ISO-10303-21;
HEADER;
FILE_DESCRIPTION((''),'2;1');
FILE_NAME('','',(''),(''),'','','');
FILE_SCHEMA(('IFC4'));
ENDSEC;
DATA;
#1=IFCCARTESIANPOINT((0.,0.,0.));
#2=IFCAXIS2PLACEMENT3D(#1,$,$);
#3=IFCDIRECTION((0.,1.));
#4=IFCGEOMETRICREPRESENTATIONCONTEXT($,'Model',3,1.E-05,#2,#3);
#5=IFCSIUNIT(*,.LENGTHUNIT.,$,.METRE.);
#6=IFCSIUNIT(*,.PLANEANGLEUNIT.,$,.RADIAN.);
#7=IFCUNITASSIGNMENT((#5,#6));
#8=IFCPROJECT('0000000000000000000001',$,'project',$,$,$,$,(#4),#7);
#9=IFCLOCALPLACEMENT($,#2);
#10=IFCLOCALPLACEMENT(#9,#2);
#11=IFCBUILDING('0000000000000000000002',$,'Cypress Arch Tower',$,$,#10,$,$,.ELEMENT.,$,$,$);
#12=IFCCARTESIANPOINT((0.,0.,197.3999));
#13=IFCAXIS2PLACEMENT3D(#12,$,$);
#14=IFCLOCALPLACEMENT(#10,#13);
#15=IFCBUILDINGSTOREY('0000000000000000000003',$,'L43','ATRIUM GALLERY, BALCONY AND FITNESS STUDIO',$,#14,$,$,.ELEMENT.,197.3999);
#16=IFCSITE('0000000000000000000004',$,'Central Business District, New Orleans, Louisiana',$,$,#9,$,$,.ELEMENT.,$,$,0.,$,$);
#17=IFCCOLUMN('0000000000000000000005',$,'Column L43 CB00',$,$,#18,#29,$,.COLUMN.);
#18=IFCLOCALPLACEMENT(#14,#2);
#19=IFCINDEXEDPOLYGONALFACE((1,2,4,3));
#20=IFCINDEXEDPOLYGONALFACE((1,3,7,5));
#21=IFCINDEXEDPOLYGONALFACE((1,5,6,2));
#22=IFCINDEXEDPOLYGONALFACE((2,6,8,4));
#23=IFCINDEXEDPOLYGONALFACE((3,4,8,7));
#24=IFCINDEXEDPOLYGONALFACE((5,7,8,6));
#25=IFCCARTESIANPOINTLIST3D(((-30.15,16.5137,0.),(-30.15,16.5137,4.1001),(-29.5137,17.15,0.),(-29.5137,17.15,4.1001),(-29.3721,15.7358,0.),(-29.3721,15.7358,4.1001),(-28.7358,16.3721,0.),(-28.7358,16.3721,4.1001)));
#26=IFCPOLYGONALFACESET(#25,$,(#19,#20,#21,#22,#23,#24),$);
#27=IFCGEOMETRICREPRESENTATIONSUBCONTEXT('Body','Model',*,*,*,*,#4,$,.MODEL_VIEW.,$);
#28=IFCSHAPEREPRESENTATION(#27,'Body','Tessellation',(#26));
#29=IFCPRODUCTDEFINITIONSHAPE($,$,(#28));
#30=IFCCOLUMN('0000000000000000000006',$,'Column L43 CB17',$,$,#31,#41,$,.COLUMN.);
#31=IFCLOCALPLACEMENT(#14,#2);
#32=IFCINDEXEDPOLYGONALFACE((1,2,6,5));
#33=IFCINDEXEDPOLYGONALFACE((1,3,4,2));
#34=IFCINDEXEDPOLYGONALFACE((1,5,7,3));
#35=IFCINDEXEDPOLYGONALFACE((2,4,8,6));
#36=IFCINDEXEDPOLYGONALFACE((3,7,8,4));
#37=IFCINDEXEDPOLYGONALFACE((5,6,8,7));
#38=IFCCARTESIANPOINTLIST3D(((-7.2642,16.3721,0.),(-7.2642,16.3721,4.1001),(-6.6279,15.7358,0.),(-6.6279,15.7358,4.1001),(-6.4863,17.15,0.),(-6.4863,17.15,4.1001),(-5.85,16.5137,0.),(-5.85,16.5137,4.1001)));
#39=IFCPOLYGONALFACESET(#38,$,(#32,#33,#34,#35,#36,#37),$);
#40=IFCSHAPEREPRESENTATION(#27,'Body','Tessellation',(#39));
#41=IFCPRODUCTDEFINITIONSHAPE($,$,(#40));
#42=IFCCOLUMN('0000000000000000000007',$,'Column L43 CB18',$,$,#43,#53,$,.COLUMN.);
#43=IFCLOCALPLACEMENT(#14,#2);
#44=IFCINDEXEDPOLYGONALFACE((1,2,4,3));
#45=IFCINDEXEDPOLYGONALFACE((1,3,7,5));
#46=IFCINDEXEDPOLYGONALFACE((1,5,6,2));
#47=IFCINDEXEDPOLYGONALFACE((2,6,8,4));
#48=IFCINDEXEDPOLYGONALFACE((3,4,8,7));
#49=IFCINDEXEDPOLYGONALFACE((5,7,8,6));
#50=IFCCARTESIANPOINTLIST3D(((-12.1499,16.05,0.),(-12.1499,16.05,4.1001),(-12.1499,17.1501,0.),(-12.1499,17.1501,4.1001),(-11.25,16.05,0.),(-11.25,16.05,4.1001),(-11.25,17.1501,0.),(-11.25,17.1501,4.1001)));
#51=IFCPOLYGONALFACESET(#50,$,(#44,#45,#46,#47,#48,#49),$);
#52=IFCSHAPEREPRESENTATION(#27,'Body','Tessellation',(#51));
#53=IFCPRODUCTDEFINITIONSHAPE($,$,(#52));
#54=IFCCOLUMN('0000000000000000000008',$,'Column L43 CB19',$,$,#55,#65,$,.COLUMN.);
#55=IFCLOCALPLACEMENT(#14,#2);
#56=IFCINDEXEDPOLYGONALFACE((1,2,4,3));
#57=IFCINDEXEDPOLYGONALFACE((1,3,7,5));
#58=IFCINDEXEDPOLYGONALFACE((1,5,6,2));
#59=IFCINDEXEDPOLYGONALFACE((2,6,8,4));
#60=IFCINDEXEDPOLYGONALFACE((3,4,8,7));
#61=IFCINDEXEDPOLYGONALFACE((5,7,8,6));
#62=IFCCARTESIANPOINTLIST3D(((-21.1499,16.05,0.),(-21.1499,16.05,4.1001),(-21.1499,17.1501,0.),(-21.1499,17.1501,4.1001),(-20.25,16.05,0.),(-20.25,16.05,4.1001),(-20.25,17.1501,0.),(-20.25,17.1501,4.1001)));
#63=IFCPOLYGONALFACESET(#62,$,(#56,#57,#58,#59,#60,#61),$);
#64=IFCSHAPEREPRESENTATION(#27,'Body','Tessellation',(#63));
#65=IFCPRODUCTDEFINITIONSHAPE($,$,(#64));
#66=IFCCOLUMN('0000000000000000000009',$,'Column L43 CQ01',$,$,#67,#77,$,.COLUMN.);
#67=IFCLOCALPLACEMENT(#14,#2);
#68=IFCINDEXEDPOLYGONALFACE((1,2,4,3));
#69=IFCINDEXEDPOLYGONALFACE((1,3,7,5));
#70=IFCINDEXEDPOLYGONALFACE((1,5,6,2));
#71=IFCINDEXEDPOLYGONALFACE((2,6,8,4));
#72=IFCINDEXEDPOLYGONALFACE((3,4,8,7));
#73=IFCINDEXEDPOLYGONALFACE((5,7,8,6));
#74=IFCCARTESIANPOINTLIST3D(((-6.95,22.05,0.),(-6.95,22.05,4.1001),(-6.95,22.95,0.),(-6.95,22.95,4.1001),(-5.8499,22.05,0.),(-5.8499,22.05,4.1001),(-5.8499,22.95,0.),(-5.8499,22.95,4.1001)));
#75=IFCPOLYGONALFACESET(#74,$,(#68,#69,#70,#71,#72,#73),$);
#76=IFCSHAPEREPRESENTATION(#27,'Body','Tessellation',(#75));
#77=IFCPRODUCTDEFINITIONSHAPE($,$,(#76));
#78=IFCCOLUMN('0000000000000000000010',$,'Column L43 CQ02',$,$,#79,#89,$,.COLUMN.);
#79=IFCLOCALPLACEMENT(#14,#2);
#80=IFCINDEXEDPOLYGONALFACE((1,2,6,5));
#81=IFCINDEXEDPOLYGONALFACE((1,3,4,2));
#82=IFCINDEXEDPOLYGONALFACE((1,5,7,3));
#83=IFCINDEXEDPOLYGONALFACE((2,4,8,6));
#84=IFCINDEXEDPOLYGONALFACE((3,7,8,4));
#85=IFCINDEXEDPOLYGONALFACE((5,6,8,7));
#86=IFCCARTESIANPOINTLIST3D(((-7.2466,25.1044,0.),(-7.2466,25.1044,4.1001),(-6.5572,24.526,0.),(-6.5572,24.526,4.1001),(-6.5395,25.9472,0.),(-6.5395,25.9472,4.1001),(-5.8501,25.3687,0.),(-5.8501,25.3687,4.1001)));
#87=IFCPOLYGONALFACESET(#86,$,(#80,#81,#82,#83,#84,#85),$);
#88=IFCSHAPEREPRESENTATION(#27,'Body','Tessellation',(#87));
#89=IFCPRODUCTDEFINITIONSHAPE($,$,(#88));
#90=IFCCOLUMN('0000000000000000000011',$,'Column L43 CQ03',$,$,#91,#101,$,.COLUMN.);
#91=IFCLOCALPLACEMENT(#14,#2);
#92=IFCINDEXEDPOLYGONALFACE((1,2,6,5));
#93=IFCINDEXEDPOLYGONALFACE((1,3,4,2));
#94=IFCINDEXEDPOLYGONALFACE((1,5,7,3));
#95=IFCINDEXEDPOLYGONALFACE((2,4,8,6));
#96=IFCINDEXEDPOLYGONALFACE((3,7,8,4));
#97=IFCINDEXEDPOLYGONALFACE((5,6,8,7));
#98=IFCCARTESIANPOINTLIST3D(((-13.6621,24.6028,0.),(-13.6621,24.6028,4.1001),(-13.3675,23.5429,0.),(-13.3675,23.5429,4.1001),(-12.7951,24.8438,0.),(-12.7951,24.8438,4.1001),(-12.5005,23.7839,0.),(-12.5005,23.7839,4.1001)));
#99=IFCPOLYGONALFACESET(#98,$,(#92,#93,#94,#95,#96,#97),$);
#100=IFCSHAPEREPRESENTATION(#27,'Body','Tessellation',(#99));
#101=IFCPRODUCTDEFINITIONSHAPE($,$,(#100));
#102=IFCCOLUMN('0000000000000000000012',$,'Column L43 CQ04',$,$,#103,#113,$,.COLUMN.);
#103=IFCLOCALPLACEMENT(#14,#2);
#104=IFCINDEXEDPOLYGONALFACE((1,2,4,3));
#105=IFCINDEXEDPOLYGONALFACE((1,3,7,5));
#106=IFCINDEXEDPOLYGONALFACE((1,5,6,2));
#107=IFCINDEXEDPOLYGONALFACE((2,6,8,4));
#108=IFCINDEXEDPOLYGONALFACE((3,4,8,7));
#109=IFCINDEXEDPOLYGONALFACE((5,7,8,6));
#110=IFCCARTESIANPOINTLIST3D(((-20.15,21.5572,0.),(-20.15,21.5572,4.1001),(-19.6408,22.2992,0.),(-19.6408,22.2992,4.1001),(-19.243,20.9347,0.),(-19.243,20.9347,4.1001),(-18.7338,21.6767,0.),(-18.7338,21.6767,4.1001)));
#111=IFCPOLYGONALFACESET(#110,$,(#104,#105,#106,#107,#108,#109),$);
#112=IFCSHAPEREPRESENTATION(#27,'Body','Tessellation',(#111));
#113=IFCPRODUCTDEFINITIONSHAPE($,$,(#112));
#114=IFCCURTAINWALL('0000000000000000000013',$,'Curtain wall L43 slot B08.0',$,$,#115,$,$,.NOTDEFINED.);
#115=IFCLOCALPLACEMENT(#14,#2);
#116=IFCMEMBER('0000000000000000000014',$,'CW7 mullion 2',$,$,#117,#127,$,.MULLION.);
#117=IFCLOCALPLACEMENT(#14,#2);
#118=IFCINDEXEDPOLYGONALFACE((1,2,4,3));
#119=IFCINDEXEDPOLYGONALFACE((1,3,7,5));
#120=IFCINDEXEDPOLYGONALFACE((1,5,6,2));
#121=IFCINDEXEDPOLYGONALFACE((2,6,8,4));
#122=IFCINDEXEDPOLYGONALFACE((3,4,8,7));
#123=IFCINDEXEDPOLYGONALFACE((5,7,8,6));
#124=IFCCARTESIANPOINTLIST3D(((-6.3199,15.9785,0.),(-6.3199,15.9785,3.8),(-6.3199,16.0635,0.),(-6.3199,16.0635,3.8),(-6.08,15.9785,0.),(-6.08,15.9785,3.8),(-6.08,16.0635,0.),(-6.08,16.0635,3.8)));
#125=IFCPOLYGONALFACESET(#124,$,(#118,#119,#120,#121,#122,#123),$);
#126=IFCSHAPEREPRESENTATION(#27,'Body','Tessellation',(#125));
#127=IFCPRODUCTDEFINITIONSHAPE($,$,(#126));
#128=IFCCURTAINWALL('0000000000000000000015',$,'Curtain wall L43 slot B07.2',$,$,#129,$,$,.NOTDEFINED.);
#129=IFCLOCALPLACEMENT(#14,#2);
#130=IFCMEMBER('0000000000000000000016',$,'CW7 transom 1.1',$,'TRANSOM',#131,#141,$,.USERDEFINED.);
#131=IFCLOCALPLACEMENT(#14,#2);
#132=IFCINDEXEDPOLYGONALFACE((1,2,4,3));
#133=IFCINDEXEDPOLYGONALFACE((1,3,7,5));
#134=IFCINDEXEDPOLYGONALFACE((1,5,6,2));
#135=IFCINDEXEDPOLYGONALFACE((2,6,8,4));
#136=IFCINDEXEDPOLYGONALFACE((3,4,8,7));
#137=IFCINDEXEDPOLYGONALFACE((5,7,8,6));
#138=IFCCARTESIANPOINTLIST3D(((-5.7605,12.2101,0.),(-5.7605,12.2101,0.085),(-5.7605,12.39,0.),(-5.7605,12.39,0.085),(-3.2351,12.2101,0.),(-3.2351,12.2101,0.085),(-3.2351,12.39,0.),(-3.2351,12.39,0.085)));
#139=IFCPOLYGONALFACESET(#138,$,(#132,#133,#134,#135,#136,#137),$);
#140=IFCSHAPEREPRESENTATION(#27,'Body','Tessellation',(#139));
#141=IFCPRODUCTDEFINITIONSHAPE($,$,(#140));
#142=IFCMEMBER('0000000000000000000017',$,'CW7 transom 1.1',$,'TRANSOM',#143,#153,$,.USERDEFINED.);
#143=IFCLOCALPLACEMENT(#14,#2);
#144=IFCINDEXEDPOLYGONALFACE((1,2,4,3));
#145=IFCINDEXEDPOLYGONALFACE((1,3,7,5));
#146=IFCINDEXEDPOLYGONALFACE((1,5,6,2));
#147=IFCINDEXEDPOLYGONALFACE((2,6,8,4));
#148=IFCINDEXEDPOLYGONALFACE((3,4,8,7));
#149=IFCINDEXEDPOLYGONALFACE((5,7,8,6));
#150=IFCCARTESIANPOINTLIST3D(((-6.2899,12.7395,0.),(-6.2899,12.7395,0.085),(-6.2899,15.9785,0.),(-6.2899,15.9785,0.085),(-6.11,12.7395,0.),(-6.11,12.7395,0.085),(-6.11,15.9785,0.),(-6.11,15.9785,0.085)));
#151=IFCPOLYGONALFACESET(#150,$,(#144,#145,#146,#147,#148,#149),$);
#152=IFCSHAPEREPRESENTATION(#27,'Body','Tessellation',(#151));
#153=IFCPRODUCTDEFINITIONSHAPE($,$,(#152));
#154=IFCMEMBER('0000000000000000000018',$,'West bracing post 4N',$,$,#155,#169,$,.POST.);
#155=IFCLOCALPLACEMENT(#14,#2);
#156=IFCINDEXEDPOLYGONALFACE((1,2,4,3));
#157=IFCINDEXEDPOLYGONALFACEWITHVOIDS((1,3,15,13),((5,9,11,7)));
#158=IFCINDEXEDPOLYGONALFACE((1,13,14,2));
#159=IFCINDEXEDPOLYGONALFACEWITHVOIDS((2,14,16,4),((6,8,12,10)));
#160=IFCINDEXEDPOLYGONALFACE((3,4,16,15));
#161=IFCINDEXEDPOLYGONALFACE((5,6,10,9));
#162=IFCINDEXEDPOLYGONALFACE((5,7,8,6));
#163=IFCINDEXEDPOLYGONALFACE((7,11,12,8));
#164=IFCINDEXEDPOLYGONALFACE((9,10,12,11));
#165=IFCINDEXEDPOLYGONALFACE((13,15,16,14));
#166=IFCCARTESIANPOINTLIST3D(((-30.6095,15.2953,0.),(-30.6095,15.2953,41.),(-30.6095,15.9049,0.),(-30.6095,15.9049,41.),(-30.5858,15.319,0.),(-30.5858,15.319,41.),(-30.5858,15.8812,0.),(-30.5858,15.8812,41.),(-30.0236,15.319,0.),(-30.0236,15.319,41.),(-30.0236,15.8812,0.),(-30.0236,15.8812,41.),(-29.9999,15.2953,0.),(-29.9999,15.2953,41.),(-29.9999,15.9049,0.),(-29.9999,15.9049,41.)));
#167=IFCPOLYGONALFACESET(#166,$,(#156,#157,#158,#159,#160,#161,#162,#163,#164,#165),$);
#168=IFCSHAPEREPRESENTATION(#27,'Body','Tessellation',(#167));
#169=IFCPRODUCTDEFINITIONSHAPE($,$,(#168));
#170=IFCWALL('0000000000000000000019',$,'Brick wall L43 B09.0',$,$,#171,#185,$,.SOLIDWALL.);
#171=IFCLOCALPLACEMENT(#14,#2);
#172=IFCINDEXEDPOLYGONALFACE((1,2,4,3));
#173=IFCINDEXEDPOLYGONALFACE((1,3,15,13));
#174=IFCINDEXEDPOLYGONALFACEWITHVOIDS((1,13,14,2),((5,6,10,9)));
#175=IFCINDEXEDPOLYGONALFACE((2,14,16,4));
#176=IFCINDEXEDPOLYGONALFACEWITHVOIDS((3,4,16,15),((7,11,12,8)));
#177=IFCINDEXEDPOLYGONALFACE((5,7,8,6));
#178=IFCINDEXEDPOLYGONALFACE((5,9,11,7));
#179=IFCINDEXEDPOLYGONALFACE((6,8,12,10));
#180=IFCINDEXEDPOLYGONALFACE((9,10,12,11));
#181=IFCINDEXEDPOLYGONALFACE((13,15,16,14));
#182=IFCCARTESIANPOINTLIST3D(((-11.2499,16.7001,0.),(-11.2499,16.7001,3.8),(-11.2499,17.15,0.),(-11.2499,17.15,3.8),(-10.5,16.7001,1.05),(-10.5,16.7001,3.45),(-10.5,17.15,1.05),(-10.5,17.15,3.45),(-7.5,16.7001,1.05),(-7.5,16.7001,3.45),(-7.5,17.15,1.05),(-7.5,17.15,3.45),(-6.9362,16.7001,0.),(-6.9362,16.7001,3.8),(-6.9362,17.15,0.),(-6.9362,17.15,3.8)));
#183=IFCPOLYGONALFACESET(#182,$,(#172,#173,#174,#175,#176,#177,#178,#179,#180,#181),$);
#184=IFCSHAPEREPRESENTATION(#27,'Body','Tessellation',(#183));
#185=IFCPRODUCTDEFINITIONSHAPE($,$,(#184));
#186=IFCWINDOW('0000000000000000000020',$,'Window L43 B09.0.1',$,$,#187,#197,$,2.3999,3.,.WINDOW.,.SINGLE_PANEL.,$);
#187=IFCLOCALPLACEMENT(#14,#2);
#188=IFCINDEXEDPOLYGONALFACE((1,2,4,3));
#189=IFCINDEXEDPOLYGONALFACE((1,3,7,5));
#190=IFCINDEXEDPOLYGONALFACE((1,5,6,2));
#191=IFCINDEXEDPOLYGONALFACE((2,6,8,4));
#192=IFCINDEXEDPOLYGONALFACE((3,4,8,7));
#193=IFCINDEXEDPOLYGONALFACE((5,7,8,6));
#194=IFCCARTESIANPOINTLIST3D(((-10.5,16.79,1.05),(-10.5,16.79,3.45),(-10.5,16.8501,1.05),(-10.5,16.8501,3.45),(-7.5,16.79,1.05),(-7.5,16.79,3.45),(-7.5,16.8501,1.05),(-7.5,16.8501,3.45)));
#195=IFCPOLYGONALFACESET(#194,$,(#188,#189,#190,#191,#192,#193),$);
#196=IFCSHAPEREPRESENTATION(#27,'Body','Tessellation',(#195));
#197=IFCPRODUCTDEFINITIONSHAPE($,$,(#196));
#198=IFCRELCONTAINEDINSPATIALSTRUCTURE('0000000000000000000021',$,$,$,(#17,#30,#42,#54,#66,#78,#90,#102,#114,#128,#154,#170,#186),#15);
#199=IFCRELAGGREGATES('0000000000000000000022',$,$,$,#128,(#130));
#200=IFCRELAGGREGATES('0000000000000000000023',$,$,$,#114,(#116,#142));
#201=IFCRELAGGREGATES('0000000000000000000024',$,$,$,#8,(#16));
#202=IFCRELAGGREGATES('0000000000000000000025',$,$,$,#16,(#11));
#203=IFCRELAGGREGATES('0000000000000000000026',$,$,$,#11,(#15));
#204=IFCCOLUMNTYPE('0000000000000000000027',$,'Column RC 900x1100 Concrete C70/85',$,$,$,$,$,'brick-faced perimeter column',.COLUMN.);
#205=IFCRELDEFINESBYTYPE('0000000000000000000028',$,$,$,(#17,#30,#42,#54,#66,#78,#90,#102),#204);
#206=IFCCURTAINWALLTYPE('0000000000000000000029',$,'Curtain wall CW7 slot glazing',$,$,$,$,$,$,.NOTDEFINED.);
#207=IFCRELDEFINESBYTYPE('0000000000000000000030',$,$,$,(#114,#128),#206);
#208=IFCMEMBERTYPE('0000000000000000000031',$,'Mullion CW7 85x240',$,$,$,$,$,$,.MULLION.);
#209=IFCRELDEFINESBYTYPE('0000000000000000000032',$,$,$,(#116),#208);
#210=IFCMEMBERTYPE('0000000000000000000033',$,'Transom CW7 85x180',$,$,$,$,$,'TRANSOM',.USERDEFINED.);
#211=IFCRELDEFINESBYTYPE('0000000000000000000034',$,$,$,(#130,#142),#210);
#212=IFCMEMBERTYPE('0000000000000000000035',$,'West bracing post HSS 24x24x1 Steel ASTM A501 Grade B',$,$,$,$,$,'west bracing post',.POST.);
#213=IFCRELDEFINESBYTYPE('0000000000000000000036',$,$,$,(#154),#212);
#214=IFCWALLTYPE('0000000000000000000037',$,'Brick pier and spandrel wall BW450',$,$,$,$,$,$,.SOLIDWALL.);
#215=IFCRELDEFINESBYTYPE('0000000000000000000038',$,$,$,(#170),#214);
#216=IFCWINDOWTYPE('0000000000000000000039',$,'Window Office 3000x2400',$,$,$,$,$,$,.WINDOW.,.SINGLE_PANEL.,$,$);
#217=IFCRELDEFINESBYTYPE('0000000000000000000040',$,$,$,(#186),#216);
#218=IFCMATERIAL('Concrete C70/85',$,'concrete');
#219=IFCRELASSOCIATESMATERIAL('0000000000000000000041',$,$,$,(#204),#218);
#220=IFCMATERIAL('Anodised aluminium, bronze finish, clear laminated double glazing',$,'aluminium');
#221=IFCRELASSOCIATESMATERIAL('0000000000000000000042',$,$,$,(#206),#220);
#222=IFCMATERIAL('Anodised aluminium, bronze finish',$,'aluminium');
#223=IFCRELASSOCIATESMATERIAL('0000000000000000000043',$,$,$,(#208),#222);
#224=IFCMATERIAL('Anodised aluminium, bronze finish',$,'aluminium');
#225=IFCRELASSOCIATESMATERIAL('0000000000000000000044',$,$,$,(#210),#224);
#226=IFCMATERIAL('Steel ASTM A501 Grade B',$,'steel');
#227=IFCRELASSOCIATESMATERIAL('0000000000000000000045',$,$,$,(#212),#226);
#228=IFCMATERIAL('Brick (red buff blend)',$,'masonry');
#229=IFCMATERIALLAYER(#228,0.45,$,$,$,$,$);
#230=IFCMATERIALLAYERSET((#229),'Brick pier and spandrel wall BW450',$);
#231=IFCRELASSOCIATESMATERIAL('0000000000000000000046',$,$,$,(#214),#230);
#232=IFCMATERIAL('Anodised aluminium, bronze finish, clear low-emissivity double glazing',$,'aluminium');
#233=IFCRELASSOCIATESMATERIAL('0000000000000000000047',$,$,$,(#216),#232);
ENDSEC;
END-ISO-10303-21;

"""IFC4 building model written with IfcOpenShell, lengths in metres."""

from ifc_helpers import new_model, si_unit, direction, frame, frame_2d, origin, origin_2d, place, context, subcontext, project, spatial, rectangle, hollow_rectangle, extrude, material, layer, layer_set, material_profile, profile_set, type_object, element, fill, aggregate, save


model = new_model("IFC4")

# Units and contexts
model_context = context("Model", 3, precision=1e-05, world=origin(), true_north=direction((0.0, 1.0)))
body_context = subcontext(model_context, "Body", "Model", "MODEL_VIEW")
ifc_project = project(units=[si_unit("LENGTHUNIT", "METRE"), si_unit("PLANEANGLEUNIT", "RADIAN")], contexts=[model_context])

# Site, building, storey
site_placement = place(None, origin())
site = spatial("IfcSite", under=ifc_project, at=site_placement, Name="Central Business District, New Orleans, Louisiana", CompositionType="ELEMENT", RefElevation=0.0)
building_placement = place(site_placement, origin())
building = spatial("IfcBuilding", under=site, at=building_placement, Name="Cypress Arch Tower", CompositionType="ELEMENT")
storey_placement = place(building_placement, frame((0.0, 0.0, 197.3999)))
storey = spatial("IfcBuildingStorey", under=building, at=storey_placement, Name="L43", Description="ATRIUM GALLERY, BALCONY AND FITNESS STUDIO", CompositionType="ELEMENT", Elevation=197.3999)

# Columns
ifc_material_1 = material(Name="Concrete C70/85", Category="concrete")
ifc_material_profile_1 = material_profile(ifc_material_1, rectangle(XDim=0.8999, YDim=1.1001, at=origin_2d()), Name="RC 900x1100")
ifc_profile_set_1 = profile_set([ifc_material_profile_1], Name="Concrete C70/85")
column_type = type_object("IfcColumnType", Name="Column RC 900x1100 Concrete C70/85", ElementType="brick-faced perimeter column", PredefinedType="COLUMN", material=ifc_profile_set_1)
for number, where, z_axis, x_axis, name in (
    (1, (-29.4429, 16.4429, 0.0), (0.0, 0.0, 1.0), (-0.707107, -0.707107, 0.0), "Column L43 CB00"),
    (2, (-6.5571, 16.4429, 0.0), (0.0, 0.0, 1.0), (-0.707107, 0.707107, 0.0), "Column L43 CB17"),
    (3, (-11.7, 16.6001, 0.0), (0.0, 0.0, 1.0), (-1.0, 0.0, 0.0), "Column L43 CB18"),
    (4, (-20.7, 16.6001, 0.0), (0.0, 0.0, 1.0), (-1.0, 0.0, 0.0), "Column L43 CB19"),
    (5, (-6.3999, 22.5, 0.0), (0.0, 0.0, 1.0), (0.0, 1.0, 0.0), "Column L43 CQ01"),
    (6, (-6.5483, 25.2366, 0.0), (0.0, 0.0, 1.0), (-0.766064, 0.642765, 0.0), "Column L43 CQ02"),
    (7, (-13.0813, 24.1934, 0.0), (0.0, 0.0, 1.0), (-0.963456, -0.267868, 0.0), "Column L43 CQ03"),
    (8, (-19.4419, 21.6169, 0.0), (0.0, 0.0, 1.0), (-0.565893, -0.824479, 0.0), "Column L43 CQ04"),
):
    element("IfcColumn", number, at=place(storey_placement, frame(where, z_axis=z_axis, x_axis=x_axis)), inside=storey, type_object=column_type, Name=name, PredefinedType="COLUMN", context=body_context, shape_type="SweptSolid", body=[
        extrude(rectangle(XDim=0.8999, YDim=1.1001, at=origin_2d()), origin(), (0.0, 0.0, 1.0), 4.1001),
    ])

# Curtain walls, members
ifc_material_2 = material(Name="Anodised aluminium, bronze finish, clear laminated double glazing", Category="aluminium")
curtain_wall_type = type_object("IfcCurtainWallType", Name="Curtain wall CW7 slot glazing", PredefinedType="NOTDEFINED", material=ifc_material_2)
curtain_wall_1_placement = place(storey_placement, origin())
curtain_wall_1 = element("IfcCurtainWall", 9, at=curtain_wall_1_placement, inside=storey, type_object=curtain_wall_type, Name="Curtain wall L43 slot B08.0", PredefinedType="NOTDEFINED")
ifc_material_3 = material(Name="Anodised aluminium, bronze finish", Category="aluminium")
ifc_material_profile_2 = material_profile(ifc_material_3, rectangle(XDim=0.24, YDim=0.085, at=origin_2d()), Name="Mullion 85x240")
ifc_profile_set_2 = profile_set([ifc_material_profile_2], Name="Anodised aluminium, bronze finish")
member_type_1 = type_object("IfcMemberType", Name="Mullion CW7 85x240", PredefinedType="MULLION", material=ifc_profile_set_2)
member_1_placement = place(storey_placement, frame((-6.2, 16.021, 0.0), z_axis=(0.0, 0.0, 1.0), x_axis=(-1.0, 0.0, 0.0)))
member_1 = element("IfcMember", 10, at=member_1_placement, type_object=member_type_1, Name="CW7 mullion 2", PredefinedType="MULLION", context=body_context, shape_type="SweptSolid", body=[
    extrude(rectangle(XDim=0.24, YDim=0.085, at=origin_2d()), origin(), (0.0, 0.0, 1.0), 3.8),
])
curtain_wall_2_placement = place(storey_placement, origin())
curtain_wall_2 = element("IfcCurtainWall", 11, at=curtain_wall_2_placement, inside=storey, type_object=curtain_wall_type, Name="Curtain wall L43 slot B07.2", PredefinedType="NOTDEFINED")
ifc_material_4 = material(Name="Anodised aluminium, bronze finish", Category="aluminium")
ifc_material_profile_3 = material_profile(ifc_material_4, rectangle(XDim=0.1799, YDim=0.085, at=origin_2d()), Name="Transom 85x180")
ifc_profile_set_3 = profile_set([ifc_material_profile_3], Name="Anodised aluminium, bronze finish")
member_type_2 = type_object("IfcMemberType", Name="Transom CW7 85x180", ElementType="TRANSOM", PredefinedType="USERDEFINED", material=ifc_profile_set_3)
member_2_placement = place(storey_placement, frame((-3.2351, 12.3, 0.0425), z_axis=(-1.0, 0.0, 0.0), x_axis=(0.0, -1.0, 0.0)))
member_2 = element("IfcMember", 12, at=member_2_placement, type_object=member_type_2, Name="CW7 transom 1.1", ObjectType="TRANSOM", PredefinedType="USERDEFINED", context=body_context, shape_type="SweptSolid", body=[
    extrude(rectangle(XDim=0.1799, YDim=0.085, at=origin_2d()), origin(), (0.0, 0.0, 1.0), 2.5254),
])
aggregate(curtain_wall_2, [member_2])

# Members
member_3_placement = place(storey_placement, frame((-6.2, 12.7395, 0.0425), z_axis=(0.0, 1.0, 0.0), x_axis=(-1.0, 0.0, 0.0)))
member_3 = element("IfcMember", 13, at=member_3_placement, type_object=member_type_2, Name="CW7 transom 1.1", ObjectType="TRANSOM", PredefinedType="USERDEFINED", context=body_context, shape_type="SweptSolid", body=[
    extrude(rectangle(XDim=0.1799, YDim=0.085, at=origin_2d()), origin(), (0.0, 0.0, 1.0), 3.239),
])
aggregate(curtain_wall_1, [member_1, member_3])
ifc_material_5 = material(Name="Steel ASTM A501 Grade B", Category="steel")
ifc_material_profile_4 = material_profile(ifc_material_5, hollow_rectangle(XDim=0.6096, YDim=0.6096, WallThickness=0.0237, at=origin_2d()), Name="HSS 24x24x1")
ifc_profile_set_4 = profile_set([ifc_material_profile_4], Name="Steel ASTM A501 Grade B")
member_type_3 = type_object("IfcMemberType", Name="West bracing post HSS 24x24x1 Steel ASTM A501 Grade B", ElementType="west bracing post", PredefinedType="POST", material=ifc_profile_set_4)
member_4_placement = place(storey_placement, frame((-30.3047, 15.6001, 0.0), z_axis=(0.0, 0.0, 1.0), x_axis=(1.0, 0.0, 0.0)))
element("IfcMember", 14, at=member_4_placement, inside=storey, type_object=member_type_3, Name="West bracing post 4N", PredefinedType="POST", context=body_context, shape_type="SweptSolid", body=[
    extrude(hollow_rectangle(XDim=0.6096, YDim=0.6096, WallThickness=0.0237, at=origin_2d()), origin(), (0.0, 0.0, 1.0), 41.0),
])

# Wall, opening, window
ifc_material_6 = material(Name="Brick (red buff blend)", Category="masonry")
ifc_layer_1 = layer(ifc_material_6, 0.45)
ifc_layer_set_1 = layer_set([ifc_layer_1], Name="Brick pier and spandrel wall BW450")
wall_type_1 = type_object("IfcWallType", Name="Brick pier and spandrel wall BW450", PredefinedType="SOLIDWALL", material=ifc_layer_set_1)
wall_1_placement = place(storey_placement, frame((-6.9363, 16.925, 0.0), z_axis=(0.0, 0.0, 1.0), x_axis=(-1.0, 0.0, 0.0)))
wall_1 = element("IfcWall", 15, at=wall_1_placement, inside=storey, type_object=wall_type_1, Name="Brick wall L43 B09.0", PredefinedType="SOLIDWALL", context=body_context, shape_type="SweptSolid", body=[
    extrude(rectangle(XDim=4.3137, YDim=0.45, at=frame_2d((2.1567, 0.0))), origin(), (0.0, 0.0, 1.0), 3.8),
])
opening_1_placement = place(wall_1_placement, frame((0.5637, 0.0, 1.05)))
opening_1 = element("IfcOpeningElement", 16, at=opening_1_placement, cuts=wall_1, PredefinedType="OPENING", context=body_context, shape_type="SweptSolid", body=[
    extrude(rectangle(XDim=3.0, YDim=2.3999, at=frame_2d((1.5, 1.2))), frame((0.0, 0.2349, 0.0), z_axis=(0.0, -1.0, 0.0), x_axis=(1.0, 0.0, 0.0)), (0.0, 0.0, 1.0), 0.47),
])
ifc_material_7 = material(Name="Anodised aluminium, bronze finish, clear low-emissivity double glazing", Category="aluminium")
window_type = type_object("IfcWindowType", Name="Window Office 3000x2400", PartitioningType="SINGLE_PANEL", PredefinedType="WINDOW", material=ifc_material_7)
window_1_placement = place(opening_1_placement, origin())
window_1 = element("IfcWindow", 17, at=window_1_placement, inside=storey, type_object=window_type, Name="Window L43 B09.0.1", OverallHeight=2.3999, OverallWidth=3.0, PartitioningType="SINGLE_PANEL", PredefinedType="WINDOW", context=body_context, shape_type="SweptSolid", body=[
    extrude(rectangle(XDim=3.0, YDim=2.3999, at=frame_2d((1.5, 1.2))), frame((0.0, 0.135, 0.0), z_axis=(0.0, -1.0, 0.0), x_axis=(1.0, 0.0, 0.0)), (0.0, 0.0, 1.0), 0.0601),
])
fill(opening_1, window_1)

save(model, "model.ifc")
